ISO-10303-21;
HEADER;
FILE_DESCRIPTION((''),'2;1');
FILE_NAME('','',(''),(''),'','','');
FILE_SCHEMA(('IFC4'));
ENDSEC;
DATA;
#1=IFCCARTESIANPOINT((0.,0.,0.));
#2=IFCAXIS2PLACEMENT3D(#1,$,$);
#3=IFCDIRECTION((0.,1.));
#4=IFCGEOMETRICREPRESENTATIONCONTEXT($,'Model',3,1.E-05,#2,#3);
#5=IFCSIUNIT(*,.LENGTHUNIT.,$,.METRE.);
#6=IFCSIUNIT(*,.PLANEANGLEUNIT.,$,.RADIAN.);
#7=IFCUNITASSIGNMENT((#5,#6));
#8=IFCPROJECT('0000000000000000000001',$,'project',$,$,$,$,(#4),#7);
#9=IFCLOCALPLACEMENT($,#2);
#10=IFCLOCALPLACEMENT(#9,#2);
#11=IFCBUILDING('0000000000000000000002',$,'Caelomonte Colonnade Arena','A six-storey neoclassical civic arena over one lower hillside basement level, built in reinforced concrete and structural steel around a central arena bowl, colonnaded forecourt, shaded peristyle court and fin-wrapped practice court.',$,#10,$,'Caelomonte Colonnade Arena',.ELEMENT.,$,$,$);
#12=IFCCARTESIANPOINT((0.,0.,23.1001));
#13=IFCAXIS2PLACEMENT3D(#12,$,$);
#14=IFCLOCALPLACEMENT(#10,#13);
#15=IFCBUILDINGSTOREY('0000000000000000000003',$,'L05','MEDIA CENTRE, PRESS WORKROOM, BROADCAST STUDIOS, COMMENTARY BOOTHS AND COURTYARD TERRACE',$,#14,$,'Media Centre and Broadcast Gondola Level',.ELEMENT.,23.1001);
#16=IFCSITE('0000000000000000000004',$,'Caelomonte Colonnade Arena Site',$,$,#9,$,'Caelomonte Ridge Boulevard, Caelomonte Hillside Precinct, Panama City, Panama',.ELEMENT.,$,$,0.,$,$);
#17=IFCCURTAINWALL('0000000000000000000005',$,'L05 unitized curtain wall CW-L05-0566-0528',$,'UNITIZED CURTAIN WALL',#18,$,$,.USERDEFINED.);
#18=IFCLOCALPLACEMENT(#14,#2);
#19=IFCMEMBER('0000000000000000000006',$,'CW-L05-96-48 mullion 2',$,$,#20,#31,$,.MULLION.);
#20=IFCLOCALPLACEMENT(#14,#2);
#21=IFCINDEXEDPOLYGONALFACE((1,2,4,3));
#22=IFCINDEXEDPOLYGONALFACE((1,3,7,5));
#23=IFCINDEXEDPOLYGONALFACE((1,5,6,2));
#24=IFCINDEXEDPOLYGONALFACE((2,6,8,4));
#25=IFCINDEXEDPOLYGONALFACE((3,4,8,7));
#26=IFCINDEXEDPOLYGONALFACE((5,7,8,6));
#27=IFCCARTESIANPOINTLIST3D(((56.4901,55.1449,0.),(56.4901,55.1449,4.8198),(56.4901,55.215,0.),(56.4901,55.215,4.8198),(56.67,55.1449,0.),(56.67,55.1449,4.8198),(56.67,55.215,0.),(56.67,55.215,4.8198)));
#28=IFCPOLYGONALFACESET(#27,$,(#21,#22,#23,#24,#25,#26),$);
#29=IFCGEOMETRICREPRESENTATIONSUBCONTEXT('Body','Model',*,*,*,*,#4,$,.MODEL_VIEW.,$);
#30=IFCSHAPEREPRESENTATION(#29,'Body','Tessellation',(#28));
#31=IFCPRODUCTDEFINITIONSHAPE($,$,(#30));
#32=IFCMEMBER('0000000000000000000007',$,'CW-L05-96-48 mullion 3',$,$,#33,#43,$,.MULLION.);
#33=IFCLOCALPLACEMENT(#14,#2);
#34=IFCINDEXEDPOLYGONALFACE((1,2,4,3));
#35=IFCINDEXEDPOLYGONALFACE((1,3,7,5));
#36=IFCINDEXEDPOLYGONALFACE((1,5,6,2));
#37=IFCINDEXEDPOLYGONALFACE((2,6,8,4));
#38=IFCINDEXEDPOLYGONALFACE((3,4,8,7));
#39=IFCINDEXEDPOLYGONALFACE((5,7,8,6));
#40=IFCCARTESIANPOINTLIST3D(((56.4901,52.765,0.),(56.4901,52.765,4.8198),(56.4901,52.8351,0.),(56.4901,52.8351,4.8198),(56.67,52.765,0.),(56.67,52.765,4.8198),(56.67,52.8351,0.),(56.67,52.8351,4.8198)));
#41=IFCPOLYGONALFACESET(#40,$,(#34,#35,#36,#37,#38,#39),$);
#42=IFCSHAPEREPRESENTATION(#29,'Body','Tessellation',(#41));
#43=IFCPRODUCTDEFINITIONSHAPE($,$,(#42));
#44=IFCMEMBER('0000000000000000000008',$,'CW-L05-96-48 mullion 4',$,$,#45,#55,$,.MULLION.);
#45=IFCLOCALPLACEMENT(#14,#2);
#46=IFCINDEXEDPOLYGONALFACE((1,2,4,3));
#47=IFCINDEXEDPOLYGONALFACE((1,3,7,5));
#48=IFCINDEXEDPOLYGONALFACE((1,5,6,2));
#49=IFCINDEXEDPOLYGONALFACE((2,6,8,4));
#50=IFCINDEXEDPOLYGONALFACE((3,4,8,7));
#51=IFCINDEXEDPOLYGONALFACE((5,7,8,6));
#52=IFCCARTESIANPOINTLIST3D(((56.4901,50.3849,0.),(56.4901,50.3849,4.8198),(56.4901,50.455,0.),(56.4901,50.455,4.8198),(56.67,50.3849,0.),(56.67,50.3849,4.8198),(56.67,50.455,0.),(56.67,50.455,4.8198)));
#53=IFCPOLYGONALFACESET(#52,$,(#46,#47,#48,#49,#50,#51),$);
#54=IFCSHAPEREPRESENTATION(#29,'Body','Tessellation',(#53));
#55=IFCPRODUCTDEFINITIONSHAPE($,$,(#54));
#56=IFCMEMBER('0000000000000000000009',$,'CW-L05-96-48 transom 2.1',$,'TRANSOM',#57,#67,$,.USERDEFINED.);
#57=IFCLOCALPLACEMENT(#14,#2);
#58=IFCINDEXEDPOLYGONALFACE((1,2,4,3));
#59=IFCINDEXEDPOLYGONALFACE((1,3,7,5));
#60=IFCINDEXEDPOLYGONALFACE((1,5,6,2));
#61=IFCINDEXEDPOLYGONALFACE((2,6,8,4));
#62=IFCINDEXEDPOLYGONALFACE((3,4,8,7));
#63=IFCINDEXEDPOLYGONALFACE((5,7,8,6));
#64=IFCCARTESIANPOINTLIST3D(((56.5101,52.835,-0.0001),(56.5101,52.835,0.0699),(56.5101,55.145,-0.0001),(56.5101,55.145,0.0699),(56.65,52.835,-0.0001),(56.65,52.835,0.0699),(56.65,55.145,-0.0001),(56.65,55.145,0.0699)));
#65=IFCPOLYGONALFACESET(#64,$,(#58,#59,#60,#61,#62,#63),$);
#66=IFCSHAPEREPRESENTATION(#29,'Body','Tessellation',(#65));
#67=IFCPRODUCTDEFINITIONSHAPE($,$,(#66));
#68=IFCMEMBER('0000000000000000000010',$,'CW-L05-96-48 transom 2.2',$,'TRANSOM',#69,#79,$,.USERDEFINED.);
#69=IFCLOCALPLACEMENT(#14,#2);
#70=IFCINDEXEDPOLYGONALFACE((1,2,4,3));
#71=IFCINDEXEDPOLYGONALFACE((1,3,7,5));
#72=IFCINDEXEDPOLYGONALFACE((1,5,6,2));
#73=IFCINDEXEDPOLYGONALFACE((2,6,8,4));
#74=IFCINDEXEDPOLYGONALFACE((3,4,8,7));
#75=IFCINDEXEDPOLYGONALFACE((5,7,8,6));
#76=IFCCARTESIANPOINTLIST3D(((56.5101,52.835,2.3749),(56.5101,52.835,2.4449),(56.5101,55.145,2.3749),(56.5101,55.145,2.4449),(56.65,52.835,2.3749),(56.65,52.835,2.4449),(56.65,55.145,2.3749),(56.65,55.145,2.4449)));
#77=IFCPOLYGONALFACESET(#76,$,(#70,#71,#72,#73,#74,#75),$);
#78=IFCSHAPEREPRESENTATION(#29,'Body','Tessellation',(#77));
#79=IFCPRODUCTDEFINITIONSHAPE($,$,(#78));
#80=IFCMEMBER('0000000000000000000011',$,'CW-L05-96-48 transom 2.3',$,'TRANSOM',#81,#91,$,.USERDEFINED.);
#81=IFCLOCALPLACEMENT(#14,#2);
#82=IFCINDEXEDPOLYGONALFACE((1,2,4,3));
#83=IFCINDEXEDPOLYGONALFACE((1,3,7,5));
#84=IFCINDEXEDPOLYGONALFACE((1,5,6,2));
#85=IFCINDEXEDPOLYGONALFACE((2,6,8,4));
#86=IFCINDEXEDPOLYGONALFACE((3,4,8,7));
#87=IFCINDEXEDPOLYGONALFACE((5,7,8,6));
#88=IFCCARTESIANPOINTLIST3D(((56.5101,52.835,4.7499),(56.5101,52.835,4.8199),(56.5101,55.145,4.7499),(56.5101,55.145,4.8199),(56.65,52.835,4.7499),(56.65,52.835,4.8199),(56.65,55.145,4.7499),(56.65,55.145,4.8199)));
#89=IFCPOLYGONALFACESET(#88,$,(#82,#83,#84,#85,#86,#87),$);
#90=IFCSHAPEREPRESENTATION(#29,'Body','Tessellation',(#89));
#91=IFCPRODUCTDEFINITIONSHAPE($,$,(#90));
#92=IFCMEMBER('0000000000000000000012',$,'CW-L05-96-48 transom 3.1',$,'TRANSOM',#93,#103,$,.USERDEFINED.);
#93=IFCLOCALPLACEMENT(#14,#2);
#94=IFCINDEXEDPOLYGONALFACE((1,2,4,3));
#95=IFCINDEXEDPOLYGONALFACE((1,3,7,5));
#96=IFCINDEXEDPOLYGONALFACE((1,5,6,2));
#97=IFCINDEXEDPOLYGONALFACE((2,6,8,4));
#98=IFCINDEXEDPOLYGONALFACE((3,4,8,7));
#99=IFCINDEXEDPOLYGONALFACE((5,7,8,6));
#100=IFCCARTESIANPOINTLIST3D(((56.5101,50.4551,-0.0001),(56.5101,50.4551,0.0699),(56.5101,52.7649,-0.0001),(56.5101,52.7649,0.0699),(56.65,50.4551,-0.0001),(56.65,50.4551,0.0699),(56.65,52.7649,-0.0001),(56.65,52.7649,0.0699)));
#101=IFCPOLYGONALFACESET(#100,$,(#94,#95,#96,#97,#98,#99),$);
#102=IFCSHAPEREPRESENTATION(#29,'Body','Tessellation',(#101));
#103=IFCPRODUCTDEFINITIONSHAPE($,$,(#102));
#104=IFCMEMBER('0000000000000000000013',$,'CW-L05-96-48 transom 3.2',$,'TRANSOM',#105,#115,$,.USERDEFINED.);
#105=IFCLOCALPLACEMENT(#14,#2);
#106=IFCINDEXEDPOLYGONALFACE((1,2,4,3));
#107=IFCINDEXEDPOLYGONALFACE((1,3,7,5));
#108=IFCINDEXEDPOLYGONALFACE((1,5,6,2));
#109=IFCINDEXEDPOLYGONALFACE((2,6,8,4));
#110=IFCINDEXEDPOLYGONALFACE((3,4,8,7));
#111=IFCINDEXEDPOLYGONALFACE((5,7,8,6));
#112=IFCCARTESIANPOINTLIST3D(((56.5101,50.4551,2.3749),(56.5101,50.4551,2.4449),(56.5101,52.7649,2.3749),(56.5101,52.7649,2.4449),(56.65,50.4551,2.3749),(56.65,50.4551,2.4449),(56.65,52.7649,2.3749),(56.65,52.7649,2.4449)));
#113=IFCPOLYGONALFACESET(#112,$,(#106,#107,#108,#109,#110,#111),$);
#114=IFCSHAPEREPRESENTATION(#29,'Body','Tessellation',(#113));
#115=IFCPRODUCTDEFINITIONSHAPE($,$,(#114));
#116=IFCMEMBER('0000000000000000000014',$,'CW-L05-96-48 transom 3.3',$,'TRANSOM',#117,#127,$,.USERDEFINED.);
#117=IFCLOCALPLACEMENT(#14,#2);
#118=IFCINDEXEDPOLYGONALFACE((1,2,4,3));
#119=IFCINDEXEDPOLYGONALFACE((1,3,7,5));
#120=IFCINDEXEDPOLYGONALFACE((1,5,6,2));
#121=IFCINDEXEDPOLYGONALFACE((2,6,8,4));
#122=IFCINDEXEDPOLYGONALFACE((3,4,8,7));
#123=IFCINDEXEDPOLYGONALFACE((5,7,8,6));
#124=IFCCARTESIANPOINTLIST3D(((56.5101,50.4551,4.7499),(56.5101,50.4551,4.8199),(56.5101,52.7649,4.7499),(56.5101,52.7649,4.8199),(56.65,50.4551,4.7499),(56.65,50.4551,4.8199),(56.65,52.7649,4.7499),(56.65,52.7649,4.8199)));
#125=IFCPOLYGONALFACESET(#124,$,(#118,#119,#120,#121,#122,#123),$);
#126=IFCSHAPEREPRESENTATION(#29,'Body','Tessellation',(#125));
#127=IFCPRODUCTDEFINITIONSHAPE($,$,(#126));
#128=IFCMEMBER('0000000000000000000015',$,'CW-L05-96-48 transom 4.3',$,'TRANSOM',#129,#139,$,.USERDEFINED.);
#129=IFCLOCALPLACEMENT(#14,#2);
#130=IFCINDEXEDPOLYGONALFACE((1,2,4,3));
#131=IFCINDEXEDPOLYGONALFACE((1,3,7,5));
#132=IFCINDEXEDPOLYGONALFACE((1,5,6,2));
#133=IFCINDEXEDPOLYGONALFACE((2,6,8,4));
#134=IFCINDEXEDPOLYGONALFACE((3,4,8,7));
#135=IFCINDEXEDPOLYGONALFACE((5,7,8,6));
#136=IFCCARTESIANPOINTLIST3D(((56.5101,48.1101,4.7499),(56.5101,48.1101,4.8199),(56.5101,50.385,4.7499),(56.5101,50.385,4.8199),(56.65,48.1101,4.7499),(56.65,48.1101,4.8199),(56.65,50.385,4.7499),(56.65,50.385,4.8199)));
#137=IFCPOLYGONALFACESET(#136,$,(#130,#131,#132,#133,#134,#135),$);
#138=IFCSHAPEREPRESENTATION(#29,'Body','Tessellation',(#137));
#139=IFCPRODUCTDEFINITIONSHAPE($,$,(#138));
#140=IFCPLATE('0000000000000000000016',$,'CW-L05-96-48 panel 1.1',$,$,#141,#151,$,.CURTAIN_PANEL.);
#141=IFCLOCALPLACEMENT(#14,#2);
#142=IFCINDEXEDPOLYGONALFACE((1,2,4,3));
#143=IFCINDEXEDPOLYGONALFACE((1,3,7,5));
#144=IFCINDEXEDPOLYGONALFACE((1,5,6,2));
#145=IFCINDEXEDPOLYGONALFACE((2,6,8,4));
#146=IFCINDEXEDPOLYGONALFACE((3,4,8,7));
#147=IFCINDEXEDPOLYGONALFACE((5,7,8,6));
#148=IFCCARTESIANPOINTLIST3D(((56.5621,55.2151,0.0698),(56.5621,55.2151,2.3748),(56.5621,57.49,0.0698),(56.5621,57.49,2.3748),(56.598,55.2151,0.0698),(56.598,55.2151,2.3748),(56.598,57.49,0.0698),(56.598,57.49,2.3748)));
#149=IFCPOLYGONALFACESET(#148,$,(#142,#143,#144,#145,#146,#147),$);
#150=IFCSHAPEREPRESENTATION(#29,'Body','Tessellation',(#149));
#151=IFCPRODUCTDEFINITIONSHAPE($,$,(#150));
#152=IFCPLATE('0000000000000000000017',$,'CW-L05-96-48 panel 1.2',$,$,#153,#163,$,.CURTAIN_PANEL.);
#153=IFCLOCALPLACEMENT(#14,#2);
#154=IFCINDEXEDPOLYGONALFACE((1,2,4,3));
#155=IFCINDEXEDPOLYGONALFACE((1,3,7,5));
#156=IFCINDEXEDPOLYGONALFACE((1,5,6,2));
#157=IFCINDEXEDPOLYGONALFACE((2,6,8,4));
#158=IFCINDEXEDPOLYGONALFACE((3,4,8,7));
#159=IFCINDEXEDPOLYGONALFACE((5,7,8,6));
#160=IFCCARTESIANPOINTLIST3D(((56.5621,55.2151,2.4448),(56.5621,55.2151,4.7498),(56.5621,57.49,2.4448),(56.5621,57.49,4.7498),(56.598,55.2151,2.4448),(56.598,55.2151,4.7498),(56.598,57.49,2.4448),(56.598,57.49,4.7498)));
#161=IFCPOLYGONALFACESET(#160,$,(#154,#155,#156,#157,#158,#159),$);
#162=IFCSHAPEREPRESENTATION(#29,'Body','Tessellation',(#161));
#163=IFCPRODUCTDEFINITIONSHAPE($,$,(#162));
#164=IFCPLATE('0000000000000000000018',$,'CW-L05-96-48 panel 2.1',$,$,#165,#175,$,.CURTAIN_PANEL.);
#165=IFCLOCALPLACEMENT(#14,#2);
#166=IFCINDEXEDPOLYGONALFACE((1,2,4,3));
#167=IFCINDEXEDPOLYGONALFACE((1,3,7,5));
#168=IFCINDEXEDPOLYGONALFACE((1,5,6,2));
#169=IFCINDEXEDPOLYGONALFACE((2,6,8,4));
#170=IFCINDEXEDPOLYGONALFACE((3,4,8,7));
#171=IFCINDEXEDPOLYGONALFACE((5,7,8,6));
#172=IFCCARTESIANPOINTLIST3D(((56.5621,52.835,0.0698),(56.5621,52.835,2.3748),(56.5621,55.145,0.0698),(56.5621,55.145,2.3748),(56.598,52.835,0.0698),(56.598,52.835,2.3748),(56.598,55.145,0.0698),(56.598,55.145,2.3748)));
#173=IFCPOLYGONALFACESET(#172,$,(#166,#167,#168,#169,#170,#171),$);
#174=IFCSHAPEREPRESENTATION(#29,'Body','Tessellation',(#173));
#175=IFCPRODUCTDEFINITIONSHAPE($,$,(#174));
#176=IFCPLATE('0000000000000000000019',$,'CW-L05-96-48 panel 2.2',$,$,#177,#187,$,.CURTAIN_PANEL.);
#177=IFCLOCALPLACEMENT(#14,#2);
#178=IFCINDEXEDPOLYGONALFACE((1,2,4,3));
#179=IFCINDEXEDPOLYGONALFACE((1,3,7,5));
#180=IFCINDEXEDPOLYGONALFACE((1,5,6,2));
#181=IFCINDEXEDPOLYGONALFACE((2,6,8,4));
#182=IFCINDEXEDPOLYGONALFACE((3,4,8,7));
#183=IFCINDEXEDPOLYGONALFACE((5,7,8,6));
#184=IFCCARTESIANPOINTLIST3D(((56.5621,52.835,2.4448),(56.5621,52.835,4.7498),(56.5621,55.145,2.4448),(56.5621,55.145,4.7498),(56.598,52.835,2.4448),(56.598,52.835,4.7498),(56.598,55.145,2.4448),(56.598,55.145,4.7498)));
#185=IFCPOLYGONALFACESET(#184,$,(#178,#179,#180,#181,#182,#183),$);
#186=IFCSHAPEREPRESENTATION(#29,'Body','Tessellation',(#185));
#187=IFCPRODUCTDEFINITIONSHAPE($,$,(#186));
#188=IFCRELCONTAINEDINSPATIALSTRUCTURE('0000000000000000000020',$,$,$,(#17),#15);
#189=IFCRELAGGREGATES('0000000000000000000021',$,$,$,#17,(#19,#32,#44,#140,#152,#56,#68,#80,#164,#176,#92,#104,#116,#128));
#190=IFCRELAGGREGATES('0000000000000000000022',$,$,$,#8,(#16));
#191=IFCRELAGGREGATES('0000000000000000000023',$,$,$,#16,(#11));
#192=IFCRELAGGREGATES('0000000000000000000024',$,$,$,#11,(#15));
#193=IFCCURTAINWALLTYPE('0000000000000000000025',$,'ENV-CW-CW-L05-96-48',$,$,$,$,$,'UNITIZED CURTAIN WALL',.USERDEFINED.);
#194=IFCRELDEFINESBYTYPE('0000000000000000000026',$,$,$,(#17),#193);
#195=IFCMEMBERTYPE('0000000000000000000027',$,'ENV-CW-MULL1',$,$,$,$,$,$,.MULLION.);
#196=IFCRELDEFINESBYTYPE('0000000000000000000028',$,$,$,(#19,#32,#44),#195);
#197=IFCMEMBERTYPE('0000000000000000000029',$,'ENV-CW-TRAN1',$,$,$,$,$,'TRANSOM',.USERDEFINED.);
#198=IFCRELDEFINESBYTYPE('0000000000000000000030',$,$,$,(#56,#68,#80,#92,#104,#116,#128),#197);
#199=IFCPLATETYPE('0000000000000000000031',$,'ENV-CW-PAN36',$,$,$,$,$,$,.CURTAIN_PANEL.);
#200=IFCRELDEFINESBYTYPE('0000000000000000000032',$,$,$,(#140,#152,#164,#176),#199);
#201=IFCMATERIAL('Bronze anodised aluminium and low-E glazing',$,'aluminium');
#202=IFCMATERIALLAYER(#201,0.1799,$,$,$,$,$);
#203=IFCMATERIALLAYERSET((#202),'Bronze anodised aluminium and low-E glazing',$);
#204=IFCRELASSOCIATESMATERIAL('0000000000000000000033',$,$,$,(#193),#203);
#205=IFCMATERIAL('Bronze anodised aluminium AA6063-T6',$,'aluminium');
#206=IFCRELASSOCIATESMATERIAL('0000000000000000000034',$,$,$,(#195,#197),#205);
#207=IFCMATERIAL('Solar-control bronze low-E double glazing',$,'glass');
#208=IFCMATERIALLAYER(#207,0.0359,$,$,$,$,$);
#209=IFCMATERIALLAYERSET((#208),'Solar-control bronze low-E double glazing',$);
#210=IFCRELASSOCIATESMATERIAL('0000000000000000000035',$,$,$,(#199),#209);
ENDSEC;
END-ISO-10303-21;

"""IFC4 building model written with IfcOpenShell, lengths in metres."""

from ifc_helpers import new_model, si_unit, direction, frame, origin, origin_2d, place, context, subcontext, project, spatial, rectangle, extrude, material, layer, layer_set, material_profile, profile_set, type_object, element, aggregate, save


model = new_model("IFC4")

# Units and contexts
model_context = context("Model", 3, precision=1e-05, world=origin(), true_north=direction((0.0, 1.0)))
body_context = subcontext(model_context, "Body", "Model", "MODEL_VIEW")
ifc_project = project(units=[si_unit("LENGTHUNIT", "METRE"), si_unit("PLANEANGLEUNIT", "RADIAN")], contexts=[model_context])

# Site, building, storey
site_placement = place(None, origin())
site = spatial("IfcSite", under=ifc_project, at=site_placement, Name="Caelomonte Colonnade Arena Site", LongName="Caelomonte Ridge Boulevard, Caelomonte Hillside Precinct, Panama City, Panama", CompositionType="ELEMENT", RefElevation=0.0)
building_placement = place(site_placement, origin())
building = spatial("IfcBuilding", under=site, at=building_placement, Name="Caelomonte Colonnade Arena", Description="A six-storey neoclassical civic arena over one lower hillside basement level, built in reinforced concrete and structural steel around a central arena bowl, colonnaded forecourt, shaded peristyle court and fin-wrapped practice court.", LongName="Caelomonte Colonnade Arena", CompositionType="ELEMENT")
storey_placement = place(building_placement, frame((0.0, 0.0, 23.1001)))
storey = spatial("IfcBuildingStorey", under=building, at=storey_placement, Name="L05", Description="MEDIA CENTRE, PRESS WORKROOM, BROADCAST STUDIOS, COMMENTARY BOOTHS AND COURTYARD TERRACE", LongName="Media Centre and Broadcast Gondola Level", CompositionType="ELEMENT", Elevation=23.1001)

# Curtain wall, members, plates
ifc_material_1 = material(Name="Bronze anodised aluminium and low-E glazing", Category="aluminium")
ifc_layer_1 = layer(ifc_material_1, 0.1799)
ifc_layer_set_1 = layer_set([ifc_layer_1], Name="Bronze anodised aluminium and low-E glazing")
curtain_wall_type = type_object("IfcCurtainWallType", Name="ENV-CW-CW-L05-96-48", ElementType="UNITIZED CURTAIN WALL", PredefinedType="USERDEFINED", material=ifc_layer_set_1)
curtain_wall_placement = place(storey_placement, origin())
curtain_wall = element("IfcCurtainWall", 1, at=curtain_wall_placement, inside=storey, type_object=curtain_wall_type, Name="L05 unitized curtain wall CW-L05-0566-0528", ObjectType="UNITIZED CURTAIN WALL", PredefinedType="USERDEFINED")
ifc_material_2 = material(Name="Bronze anodised aluminium AA6063-T6", Category="aluminium")
ifc_material_profile_1 = material_profile(ifc_material_2, rectangle(XDim=0.0701, YDim=0.1799, at=origin_2d()), Name="CWM-70X180")
ifc_profile_set_1 = profile_set([ifc_material_profile_1], Name="Bronze anodised aluminium AA6063-T6")
member_type_1 = type_object("IfcMemberType", Name="ENV-CW-MULL1", PredefinedType="MULLION", material=ifc_profile_set_1)
member_1_placement = place(storey_placement, frame((56.5801, 55.1799, 0.0), z_axis=(0.0, 0.0, 1.0), x_axis=(0.0, -1.0, 0.0)))
member_1 = element("IfcMember", 2, at=member_1_placement, type_object=member_type_1, Name="CW-L05-96-48 mullion 2", PredefinedType="MULLION", context=body_context, shape_type="SweptSolid", body=[
    extrude(rectangle(XDim=0.0701, YDim=0.1799, at=origin_2d()), origin(), (0.0, 0.0, 1.0), 4.8198),
])
member_2_placement = place(storey_placement, frame((56.5801, 52.8, 0.0), z_axis=(0.0, 0.0, 1.0), x_axis=(0.0, -1.0, 0.0)))
member_2 = element("IfcMember", 3, at=member_2_placement, type_object=member_type_1, Name="CW-L05-96-48 mullion 3", PredefinedType="MULLION", context=body_context, shape_type="SweptSolid", body=[
    extrude(rectangle(XDim=0.0701, YDim=0.1799, at=origin_2d()), origin(), (0.0, 0.0, 1.0), 4.8198),
])
member_3_placement = place(storey_placement, frame((56.5801, 50.4199, 0.0), z_axis=(0.0, 0.0, 1.0), x_axis=(0.0, -1.0, 0.0)))
member_3 = element("IfcMember", 4, at=member_3_placement, type_object=member_type_1, Name="CW-L05-96-48 mullion 4", PredefinedType="MULLION", context=body_context, shape_type="SweptSolid", body=[
    extrude(rectangle(XDim=0.0701, YDim=0.1799, at=origin_2d()), origin(), (0.0, 0.0, 1.0), 4.8198),
])
ifc_material_profile_2 = material_profile(ifc_material_2, rectangle(XDim=0.0701, YDim=0.1399, at=origin_2d()), Name="CWT-70X140")
ifc_profile_set_2 = profile_set([ifc_material_profile_2], Name="Bronze anodised aluminium AA6063-T6")
member_type_2 = type_object("IfcMemberType", Name="ENV-CW-TRAN1", ElementType="TRANSOM", PredefinedType="USERDEFINED", material=ifc_profile_set_2)
member_4_placement = place(storey_placement, frame((56.5801, 55.145, 0.0349), z_axis=(0.0, -1.0, 0.0), x_axis=(0.0, 0.0, 1.0)))
member_4 = element("IfcMember", 5, at=member_4_placement, type_object=member_type_2, Name="CW-L05-96-48 transom 2.1", ObjectType="TRANSOM", PredefinedType="USERDEFINED", context=body_context, shape_type="SweptSolid", body=[
    extrude(rectangle(XDim=0.0701, YDim=0.1399, at=origin_2d()), origin(), (0.0, 0.0, 1.0), 2.3101),
])
member_5_placement = place(storey_placement, frame((56.5801, 55.145, 2.4099), z_axis=(0.0, -1.0, 0.0), x_axis=(0.0, 0.0, 1.0)))
member_5 = element("IfcMember", 6, at=member_5_placement, type_object=member_type_2, Name="CW-L05-96-48 transom 2.2", ObjectType="TRANSOM", PredefinedType="USERDEFINED", context=body_context, shape_type="SweptSolid", body=[
    extrude(rectangle(XDim=0.0701, YDim=0.1399, at=origin_2d()), origin(), (0.0, 0.0, 1.0), 2.3101),
])
member_6_placement = place(storey_placement, frame((56.5801, 55.145, 4.7849), z_axis=(0.0, -1.0, 0.0), x_axis=(0.0, 0.0, 1.0)))
member_6 = element("IfcMember", 7, at=member_6_placement, type_object=member_type_2, Name="CW-L05-96-48 transom 2.3", ObjectType="TRANSOM", PredefinedType="USERDEFINED", context=body_context, shape_type="SweptSolid", body=[
    extrude(rectangle(XDim=0.0701, YDim=0.1399, at=origin_2d()), origin(), (0.0, 0.0, 1.0), 2.3101),
])
member_7_placement = place(storey_placement, frame((56.5801, 52.7649, 0.0349), z_axis=(0.0, -1.0, 0.0), x_axis=(0.0, 0.0, 1.0)))
member_7 = element("IfcMember", 8, at=member_7_placement, type_object=member_type_2, Name="CW-L05-96-48 transom 3.1", ObjectType="TRANSOM", PredefinedType="USERDEFINED", context=body_context, shape_type="SweptSolid", body=[
    extrude(rectangle(XDim=0.0701, YDim=0.1399, at=origin_2d()), origin(), (0.0, 0.0, 1.0), 2.3098),
])
member_8_placement = place(storey_placement, frame((56.5801, 52.7649, 2.4099), z_axis=(0.0, -1.0, 0.0), x_axis=(0.0, 0.0, 1.0)))
member_8 = element("IfcMember", 9, at=member_8_placement, type_object=member_type_2, Name="CW-L05-96-48 transom 3.2", ObjectType="TRANSOM", PredefinedType="USERDEFINED", context=body_context, shape_type="SweptSolid", body=[
    extrude(rectangle(XDim=0.0701, YDim=0.1399, at=origin_2d()), origin(), (0.0, 0.0, 1.0), 2.3098),
])
member_9_placement = place(storey_placement, frame((56.5801, 52.7649, 4.7849), z_axis=(0.0, -1.0, 0.0), x_axis=(0.0, 0.0, 1.0)))
member_9 = element("IfcMember", 10, at=member_9_placement, type_object=member_type_2, Name="CW-L05-96-48 transom 3.3", ObjectType="TRANSOM", PredefinedType="USERDEFINED", context=body_context, shape_type="SweptSolid", body=[
    extrude(rectangle(XDim=0.0701, YDim=0.1399, at=origin_2d()), origin(), (0.0, 0.0, 1.0), 2.3098),
])
member_10_placement = place(storey_placement, frame((56.5801, 50.385, 4.7849), z_axis=(0.0, -1.0, 0.0), x_axis=(0.0, 0.0, 1.0)))
member_10 = element("IfcMember", 11, at=member_10_placement, type_object=member_type_2, Name="CW-L05-96-48 transom 4.3", ObjectType="TRANSOM", PredefinedType="USERDEFINED", context=body_context, shape_type="SweptSolid", body=[
    extrude(rectangle(XDim=0.0701, YDim=0.1399, at=origin_2d()), origin(), (0.0, 0.0, 1.0), 2.2749),
])
ifc_material_3 = material(Name="Solar-control bronze low-E double glazing", Category="glass")
ifc_layer_2 = layer(ifc_material_3, 0.0359)
ifc_layer_set_2 = layer_set([ifc_layer_2], Name="Solar-control bronze low-E double glazing")
plate_type = type_object("IfcPlateType", Name="ENV-CW-PAN36", PredefinedType="CURTAIN_PANEL", material=ifc_layer_set_2)
plate_1_placement = place(storey_placement, frame((56.5801, 56.3525, 0.0698), z_axis=(0.0, 0.0, 1.0), x_axis=(0.0, -1.0, 0.0)))
plate_1 = element("IfcPlate", 12, at=plate_1_placement, type_object=plate_type, Name="CW-L05-96-48 panel 1.1", PredefinedType="CURTAIN_PANEL", context=body_context, shape_type="SweptSolid", body=[
    extrude(rectangle(XDim=2.2749, YDim=0.0359, at=origin_2d()), origin(), (0.0, 0.0, 1.0), 2.3049),
])
plate_2_placement = place(storey_placement, frame((56.5801, 56.3525, 2.4448), z_axis=(0.0, 0.0, 1.0), x_axis=(0.0, -1.0, 0.0)))
plate_2 = element("IfcPlate", 13, at=plate_2_placement, type_object=plate_type, Name="CW-L05-96-48 panel 1.2", PredefinedType="CURTAIN_PANEL", context=body_context, shape_type="SweptSolid", body=[
    extrude(rectangle(XDim=2.2749, YDim=0.0359, at=origin_2d()), origin(), (0.0, 0.0, 1.0), 2.3049),
])
plate_3_placement = place(storey_placement, frame((56.5801, 53.99, 0.0698), z_axis=(0.0, 0.0, 1.0), x_axis=(0.0, -1.0, 0.0)))
plate_3 = element("IfcPlate", 14, at=plate_3_placement, type_object=plate_type, Name="CW-L05-96-48 panel 2.1", PredefinedType="CURTAIN_PANEL", context=body_context, shape_type="SweptSolid", body=[
    extrude(rectangle(XDim=2.3101, YDim=0.0359, at=origin_2d()), origin(), (0.0, 0.0, 1.0), 2.3049),
])
plate_4_placement = place(storey_placement, frame((56.5801, 53.99, 2.4448), z_axis=(0.0, 0.0, 1.0), x_axis=(0.0, -1.0, 0.0)))
plate_4 = element("IfcPlate", 15, at=plate_4_placement, type_object=plate_type, Name="CW-L05-96-48 panel 2.2", PredefinedType="CURTAIN_PANEL", context=body_context, shape_type="SweptSolid", body=[
    extrude(rectangle(XDim=2.3101, YDim=0.0359, at=origin_2d()), origin(), (0.0, 0.0, 1.0), 2.3049),
])
aggregate(curtain_wall, [member_1, member_2, member_3, plate_1, plate_2, member_4, member_5, member_6, plate_3, plate_4, member_7, member_8, member_9, member_10])

save(model, "model.ifc")
